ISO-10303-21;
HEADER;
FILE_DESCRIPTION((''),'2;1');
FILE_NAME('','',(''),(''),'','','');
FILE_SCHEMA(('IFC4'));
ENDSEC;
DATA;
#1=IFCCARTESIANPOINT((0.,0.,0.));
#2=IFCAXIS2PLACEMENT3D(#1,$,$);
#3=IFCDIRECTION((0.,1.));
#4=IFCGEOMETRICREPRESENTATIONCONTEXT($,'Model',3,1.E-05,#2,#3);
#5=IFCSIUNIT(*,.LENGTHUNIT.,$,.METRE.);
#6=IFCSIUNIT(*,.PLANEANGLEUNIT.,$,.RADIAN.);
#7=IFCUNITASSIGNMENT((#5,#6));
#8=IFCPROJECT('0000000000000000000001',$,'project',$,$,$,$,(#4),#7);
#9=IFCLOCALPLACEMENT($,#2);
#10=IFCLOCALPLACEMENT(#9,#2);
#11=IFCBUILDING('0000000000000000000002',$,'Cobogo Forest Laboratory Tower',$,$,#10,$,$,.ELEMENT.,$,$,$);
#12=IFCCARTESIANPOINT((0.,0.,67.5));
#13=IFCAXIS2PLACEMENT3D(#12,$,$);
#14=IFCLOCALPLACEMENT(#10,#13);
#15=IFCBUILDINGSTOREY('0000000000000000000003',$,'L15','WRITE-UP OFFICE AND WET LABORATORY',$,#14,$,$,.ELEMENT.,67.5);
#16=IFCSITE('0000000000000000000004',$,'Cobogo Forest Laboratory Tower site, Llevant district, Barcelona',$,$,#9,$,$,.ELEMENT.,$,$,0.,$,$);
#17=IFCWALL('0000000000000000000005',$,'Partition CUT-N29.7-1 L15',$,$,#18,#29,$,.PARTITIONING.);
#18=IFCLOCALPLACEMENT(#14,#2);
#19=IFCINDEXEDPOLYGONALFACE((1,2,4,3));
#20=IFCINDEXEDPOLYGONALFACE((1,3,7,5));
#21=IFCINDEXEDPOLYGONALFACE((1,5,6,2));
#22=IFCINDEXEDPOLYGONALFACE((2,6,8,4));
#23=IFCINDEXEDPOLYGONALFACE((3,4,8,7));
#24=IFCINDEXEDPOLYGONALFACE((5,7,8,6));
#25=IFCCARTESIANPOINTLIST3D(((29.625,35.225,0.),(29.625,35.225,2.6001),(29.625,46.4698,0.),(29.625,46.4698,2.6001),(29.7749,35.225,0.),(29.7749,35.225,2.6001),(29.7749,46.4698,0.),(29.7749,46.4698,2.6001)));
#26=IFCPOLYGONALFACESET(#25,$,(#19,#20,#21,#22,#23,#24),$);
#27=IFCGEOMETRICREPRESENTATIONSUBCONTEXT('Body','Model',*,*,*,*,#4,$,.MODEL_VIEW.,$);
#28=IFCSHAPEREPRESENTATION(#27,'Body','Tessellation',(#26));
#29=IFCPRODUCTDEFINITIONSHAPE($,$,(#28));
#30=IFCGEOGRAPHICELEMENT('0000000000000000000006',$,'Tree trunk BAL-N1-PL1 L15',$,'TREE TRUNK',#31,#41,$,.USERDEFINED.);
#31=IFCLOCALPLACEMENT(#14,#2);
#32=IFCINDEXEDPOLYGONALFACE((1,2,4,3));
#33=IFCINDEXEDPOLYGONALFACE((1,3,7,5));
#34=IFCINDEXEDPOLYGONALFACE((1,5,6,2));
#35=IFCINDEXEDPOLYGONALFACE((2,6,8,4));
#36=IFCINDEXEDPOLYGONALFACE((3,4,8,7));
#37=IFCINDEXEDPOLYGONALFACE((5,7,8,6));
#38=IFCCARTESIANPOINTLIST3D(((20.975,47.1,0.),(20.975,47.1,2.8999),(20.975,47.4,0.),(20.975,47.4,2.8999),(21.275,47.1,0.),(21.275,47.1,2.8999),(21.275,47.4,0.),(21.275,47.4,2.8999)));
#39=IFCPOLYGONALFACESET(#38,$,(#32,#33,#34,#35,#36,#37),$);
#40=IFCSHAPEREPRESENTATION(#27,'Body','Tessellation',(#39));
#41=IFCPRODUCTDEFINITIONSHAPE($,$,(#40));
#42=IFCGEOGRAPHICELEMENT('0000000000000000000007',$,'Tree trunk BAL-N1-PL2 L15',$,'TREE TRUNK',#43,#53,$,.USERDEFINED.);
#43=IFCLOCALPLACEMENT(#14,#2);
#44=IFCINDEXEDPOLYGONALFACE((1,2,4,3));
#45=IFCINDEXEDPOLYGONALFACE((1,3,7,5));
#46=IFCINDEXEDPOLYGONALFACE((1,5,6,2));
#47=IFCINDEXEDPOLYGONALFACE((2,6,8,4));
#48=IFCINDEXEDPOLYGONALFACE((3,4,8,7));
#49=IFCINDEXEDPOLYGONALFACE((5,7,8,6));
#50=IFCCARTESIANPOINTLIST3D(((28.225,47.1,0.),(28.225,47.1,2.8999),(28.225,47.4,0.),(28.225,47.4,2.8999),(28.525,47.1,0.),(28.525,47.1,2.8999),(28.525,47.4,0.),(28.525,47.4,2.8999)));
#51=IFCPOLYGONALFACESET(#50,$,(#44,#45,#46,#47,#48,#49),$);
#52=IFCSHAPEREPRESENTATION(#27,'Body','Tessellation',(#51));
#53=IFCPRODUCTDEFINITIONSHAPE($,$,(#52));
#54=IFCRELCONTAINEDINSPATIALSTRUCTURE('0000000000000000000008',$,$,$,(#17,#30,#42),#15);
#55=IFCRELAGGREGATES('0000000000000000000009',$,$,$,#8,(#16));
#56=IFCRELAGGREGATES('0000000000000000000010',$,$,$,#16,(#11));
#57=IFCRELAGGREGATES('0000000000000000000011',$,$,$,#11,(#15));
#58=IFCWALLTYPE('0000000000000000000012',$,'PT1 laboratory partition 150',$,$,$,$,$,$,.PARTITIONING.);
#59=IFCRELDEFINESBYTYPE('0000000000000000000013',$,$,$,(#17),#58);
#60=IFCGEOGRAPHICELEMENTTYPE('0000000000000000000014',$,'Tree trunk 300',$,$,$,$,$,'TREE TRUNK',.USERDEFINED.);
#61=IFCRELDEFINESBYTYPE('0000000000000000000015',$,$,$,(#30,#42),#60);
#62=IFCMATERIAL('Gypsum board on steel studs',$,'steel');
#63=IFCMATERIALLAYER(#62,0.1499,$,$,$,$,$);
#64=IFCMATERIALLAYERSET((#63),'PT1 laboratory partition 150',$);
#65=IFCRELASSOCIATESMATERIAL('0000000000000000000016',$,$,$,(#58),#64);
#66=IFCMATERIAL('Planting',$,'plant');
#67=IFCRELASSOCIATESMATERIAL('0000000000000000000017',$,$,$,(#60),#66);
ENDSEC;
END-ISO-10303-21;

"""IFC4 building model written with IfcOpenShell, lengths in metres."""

from ifc_helpers import new_model, si_unit, direction, frame, frame_2d, origin, origin_2d, place, context, subcontext, project, spatial, rectangle, extrude, material, layer, layer_set, type_object, element, save


model = new_model("IFC4")

# Units and contexts
model_context = context("Model", 3, precision=1e-05, world=origin(), true_north=direction((0.0, 1.0)))
body_context = subcontext(model_context, "Body", "Model", "MODEL_VIEW")
ifc_project = project(units=[si_unit("LENGTHUNIT", "METRE"), si_unit("PLANEANGLEUNIT", "RADIAN")], contexts=[model_context])

# Site, building, storey
site_placement = place(None, origin())
site = spatial("IfcSite", under=ifc_project, at=site_placement, Name="Cobogo Forest Laboratory Tower site, Llevant district, Barcelona", CompositionType="ELEMENT", RefElevation=0.0)
building_placement = place(site_placement, origin())
building = spatial("IfcBuilding", under=site, at=building_placement, Name="Cobogo Forest Laboratory Tower", CompositionType="ELEMENT")
storey_placement = place(building_placement, frame((0.0, 0.0, 67.5)))
storey = spatial("IfcBuildingStorey", under=building, at=storey_placement, Name="L15", Description="WRITE-UP OFFICE AND WET LABORATORY", CompositionType="ELEMENT", Elevation=67.5)

# Wall
ifc_material_1 = material(Name="Gypsum board on steel studs", Category="steel")
ifc_layer_1 = layer(ifc_material_1, 0.1499)
ifc_layer_set_1 = layer_set([ifc_layer_1], Name="PT1 laboratory partition 150")
wall_type_1 = type_object("IfcWallType", Name="PT1 laboratory partition 150", PredefinedType="PARTITIONING", material=ifc_layer_set_1)
wall_1_placement = place(storey_placement, frame((29.7, 46.47, 0.0), z_axis=(0.0, 0.0, 1.0), x_axis=(0.0, -1.0, 0.0)))
element("IfcWall", 1, at=wall_1_placement, inside=storey, type_object=wall_type_1, Name="Partition CUT-N29.7-1 L15", PredefinedType="PARTITIONING", context=body_context, shape_type="SweptSolid", body=[
    extrude(rectangle(XDim=11.2449, YDim=0.1499, at=frame_2d((5.6226, 0.0))), origin(), (0.0, 0.0, 1.0), 2.6001),
])

# Geographic elements
ifc_material_2 = material(Name="Planting", Category="plant")
geographic_element_type = type_object("IfcGeographicElementType", Name="Tree trunk 300", ElementType="TREE TRUNK", PredefinedType="USERDEFINED", material=ifc_material_2)
for number, where, z_axis, x_axis, name in (
    (2, (21.125, 47.25, 0.0), (0.0, 0.0, 1.0), (1.0, 0.0, 0.0), "Tree trunk BAL-N1-PL1 L15"),
    (3, (28.375, 47.25, 0.0), (0.0, 0.0, 1.0), (1.0, 0.0, 0.0), "Tree trunk BAL-N1-PL2 L15"),
):
    element("IfcGeographicElement", number, at=place(storey_placement, frame(where, z_axis=z_axis, x_axis=x_axis)), inside=storey, type_object=geographic_element_type, Name=name, ObjectType="TREE TRUNK", PredefinedType="USERDEFINED", context=body_context, shape_type="SweptSolid", body=[
        extrude(rectangle(XDim=0.3, YDim=0.3, at=origin_2d()), origin(), (0.0, 0.0, 1.0), 2.8999),
    ])

save(model, "model.ifc")
